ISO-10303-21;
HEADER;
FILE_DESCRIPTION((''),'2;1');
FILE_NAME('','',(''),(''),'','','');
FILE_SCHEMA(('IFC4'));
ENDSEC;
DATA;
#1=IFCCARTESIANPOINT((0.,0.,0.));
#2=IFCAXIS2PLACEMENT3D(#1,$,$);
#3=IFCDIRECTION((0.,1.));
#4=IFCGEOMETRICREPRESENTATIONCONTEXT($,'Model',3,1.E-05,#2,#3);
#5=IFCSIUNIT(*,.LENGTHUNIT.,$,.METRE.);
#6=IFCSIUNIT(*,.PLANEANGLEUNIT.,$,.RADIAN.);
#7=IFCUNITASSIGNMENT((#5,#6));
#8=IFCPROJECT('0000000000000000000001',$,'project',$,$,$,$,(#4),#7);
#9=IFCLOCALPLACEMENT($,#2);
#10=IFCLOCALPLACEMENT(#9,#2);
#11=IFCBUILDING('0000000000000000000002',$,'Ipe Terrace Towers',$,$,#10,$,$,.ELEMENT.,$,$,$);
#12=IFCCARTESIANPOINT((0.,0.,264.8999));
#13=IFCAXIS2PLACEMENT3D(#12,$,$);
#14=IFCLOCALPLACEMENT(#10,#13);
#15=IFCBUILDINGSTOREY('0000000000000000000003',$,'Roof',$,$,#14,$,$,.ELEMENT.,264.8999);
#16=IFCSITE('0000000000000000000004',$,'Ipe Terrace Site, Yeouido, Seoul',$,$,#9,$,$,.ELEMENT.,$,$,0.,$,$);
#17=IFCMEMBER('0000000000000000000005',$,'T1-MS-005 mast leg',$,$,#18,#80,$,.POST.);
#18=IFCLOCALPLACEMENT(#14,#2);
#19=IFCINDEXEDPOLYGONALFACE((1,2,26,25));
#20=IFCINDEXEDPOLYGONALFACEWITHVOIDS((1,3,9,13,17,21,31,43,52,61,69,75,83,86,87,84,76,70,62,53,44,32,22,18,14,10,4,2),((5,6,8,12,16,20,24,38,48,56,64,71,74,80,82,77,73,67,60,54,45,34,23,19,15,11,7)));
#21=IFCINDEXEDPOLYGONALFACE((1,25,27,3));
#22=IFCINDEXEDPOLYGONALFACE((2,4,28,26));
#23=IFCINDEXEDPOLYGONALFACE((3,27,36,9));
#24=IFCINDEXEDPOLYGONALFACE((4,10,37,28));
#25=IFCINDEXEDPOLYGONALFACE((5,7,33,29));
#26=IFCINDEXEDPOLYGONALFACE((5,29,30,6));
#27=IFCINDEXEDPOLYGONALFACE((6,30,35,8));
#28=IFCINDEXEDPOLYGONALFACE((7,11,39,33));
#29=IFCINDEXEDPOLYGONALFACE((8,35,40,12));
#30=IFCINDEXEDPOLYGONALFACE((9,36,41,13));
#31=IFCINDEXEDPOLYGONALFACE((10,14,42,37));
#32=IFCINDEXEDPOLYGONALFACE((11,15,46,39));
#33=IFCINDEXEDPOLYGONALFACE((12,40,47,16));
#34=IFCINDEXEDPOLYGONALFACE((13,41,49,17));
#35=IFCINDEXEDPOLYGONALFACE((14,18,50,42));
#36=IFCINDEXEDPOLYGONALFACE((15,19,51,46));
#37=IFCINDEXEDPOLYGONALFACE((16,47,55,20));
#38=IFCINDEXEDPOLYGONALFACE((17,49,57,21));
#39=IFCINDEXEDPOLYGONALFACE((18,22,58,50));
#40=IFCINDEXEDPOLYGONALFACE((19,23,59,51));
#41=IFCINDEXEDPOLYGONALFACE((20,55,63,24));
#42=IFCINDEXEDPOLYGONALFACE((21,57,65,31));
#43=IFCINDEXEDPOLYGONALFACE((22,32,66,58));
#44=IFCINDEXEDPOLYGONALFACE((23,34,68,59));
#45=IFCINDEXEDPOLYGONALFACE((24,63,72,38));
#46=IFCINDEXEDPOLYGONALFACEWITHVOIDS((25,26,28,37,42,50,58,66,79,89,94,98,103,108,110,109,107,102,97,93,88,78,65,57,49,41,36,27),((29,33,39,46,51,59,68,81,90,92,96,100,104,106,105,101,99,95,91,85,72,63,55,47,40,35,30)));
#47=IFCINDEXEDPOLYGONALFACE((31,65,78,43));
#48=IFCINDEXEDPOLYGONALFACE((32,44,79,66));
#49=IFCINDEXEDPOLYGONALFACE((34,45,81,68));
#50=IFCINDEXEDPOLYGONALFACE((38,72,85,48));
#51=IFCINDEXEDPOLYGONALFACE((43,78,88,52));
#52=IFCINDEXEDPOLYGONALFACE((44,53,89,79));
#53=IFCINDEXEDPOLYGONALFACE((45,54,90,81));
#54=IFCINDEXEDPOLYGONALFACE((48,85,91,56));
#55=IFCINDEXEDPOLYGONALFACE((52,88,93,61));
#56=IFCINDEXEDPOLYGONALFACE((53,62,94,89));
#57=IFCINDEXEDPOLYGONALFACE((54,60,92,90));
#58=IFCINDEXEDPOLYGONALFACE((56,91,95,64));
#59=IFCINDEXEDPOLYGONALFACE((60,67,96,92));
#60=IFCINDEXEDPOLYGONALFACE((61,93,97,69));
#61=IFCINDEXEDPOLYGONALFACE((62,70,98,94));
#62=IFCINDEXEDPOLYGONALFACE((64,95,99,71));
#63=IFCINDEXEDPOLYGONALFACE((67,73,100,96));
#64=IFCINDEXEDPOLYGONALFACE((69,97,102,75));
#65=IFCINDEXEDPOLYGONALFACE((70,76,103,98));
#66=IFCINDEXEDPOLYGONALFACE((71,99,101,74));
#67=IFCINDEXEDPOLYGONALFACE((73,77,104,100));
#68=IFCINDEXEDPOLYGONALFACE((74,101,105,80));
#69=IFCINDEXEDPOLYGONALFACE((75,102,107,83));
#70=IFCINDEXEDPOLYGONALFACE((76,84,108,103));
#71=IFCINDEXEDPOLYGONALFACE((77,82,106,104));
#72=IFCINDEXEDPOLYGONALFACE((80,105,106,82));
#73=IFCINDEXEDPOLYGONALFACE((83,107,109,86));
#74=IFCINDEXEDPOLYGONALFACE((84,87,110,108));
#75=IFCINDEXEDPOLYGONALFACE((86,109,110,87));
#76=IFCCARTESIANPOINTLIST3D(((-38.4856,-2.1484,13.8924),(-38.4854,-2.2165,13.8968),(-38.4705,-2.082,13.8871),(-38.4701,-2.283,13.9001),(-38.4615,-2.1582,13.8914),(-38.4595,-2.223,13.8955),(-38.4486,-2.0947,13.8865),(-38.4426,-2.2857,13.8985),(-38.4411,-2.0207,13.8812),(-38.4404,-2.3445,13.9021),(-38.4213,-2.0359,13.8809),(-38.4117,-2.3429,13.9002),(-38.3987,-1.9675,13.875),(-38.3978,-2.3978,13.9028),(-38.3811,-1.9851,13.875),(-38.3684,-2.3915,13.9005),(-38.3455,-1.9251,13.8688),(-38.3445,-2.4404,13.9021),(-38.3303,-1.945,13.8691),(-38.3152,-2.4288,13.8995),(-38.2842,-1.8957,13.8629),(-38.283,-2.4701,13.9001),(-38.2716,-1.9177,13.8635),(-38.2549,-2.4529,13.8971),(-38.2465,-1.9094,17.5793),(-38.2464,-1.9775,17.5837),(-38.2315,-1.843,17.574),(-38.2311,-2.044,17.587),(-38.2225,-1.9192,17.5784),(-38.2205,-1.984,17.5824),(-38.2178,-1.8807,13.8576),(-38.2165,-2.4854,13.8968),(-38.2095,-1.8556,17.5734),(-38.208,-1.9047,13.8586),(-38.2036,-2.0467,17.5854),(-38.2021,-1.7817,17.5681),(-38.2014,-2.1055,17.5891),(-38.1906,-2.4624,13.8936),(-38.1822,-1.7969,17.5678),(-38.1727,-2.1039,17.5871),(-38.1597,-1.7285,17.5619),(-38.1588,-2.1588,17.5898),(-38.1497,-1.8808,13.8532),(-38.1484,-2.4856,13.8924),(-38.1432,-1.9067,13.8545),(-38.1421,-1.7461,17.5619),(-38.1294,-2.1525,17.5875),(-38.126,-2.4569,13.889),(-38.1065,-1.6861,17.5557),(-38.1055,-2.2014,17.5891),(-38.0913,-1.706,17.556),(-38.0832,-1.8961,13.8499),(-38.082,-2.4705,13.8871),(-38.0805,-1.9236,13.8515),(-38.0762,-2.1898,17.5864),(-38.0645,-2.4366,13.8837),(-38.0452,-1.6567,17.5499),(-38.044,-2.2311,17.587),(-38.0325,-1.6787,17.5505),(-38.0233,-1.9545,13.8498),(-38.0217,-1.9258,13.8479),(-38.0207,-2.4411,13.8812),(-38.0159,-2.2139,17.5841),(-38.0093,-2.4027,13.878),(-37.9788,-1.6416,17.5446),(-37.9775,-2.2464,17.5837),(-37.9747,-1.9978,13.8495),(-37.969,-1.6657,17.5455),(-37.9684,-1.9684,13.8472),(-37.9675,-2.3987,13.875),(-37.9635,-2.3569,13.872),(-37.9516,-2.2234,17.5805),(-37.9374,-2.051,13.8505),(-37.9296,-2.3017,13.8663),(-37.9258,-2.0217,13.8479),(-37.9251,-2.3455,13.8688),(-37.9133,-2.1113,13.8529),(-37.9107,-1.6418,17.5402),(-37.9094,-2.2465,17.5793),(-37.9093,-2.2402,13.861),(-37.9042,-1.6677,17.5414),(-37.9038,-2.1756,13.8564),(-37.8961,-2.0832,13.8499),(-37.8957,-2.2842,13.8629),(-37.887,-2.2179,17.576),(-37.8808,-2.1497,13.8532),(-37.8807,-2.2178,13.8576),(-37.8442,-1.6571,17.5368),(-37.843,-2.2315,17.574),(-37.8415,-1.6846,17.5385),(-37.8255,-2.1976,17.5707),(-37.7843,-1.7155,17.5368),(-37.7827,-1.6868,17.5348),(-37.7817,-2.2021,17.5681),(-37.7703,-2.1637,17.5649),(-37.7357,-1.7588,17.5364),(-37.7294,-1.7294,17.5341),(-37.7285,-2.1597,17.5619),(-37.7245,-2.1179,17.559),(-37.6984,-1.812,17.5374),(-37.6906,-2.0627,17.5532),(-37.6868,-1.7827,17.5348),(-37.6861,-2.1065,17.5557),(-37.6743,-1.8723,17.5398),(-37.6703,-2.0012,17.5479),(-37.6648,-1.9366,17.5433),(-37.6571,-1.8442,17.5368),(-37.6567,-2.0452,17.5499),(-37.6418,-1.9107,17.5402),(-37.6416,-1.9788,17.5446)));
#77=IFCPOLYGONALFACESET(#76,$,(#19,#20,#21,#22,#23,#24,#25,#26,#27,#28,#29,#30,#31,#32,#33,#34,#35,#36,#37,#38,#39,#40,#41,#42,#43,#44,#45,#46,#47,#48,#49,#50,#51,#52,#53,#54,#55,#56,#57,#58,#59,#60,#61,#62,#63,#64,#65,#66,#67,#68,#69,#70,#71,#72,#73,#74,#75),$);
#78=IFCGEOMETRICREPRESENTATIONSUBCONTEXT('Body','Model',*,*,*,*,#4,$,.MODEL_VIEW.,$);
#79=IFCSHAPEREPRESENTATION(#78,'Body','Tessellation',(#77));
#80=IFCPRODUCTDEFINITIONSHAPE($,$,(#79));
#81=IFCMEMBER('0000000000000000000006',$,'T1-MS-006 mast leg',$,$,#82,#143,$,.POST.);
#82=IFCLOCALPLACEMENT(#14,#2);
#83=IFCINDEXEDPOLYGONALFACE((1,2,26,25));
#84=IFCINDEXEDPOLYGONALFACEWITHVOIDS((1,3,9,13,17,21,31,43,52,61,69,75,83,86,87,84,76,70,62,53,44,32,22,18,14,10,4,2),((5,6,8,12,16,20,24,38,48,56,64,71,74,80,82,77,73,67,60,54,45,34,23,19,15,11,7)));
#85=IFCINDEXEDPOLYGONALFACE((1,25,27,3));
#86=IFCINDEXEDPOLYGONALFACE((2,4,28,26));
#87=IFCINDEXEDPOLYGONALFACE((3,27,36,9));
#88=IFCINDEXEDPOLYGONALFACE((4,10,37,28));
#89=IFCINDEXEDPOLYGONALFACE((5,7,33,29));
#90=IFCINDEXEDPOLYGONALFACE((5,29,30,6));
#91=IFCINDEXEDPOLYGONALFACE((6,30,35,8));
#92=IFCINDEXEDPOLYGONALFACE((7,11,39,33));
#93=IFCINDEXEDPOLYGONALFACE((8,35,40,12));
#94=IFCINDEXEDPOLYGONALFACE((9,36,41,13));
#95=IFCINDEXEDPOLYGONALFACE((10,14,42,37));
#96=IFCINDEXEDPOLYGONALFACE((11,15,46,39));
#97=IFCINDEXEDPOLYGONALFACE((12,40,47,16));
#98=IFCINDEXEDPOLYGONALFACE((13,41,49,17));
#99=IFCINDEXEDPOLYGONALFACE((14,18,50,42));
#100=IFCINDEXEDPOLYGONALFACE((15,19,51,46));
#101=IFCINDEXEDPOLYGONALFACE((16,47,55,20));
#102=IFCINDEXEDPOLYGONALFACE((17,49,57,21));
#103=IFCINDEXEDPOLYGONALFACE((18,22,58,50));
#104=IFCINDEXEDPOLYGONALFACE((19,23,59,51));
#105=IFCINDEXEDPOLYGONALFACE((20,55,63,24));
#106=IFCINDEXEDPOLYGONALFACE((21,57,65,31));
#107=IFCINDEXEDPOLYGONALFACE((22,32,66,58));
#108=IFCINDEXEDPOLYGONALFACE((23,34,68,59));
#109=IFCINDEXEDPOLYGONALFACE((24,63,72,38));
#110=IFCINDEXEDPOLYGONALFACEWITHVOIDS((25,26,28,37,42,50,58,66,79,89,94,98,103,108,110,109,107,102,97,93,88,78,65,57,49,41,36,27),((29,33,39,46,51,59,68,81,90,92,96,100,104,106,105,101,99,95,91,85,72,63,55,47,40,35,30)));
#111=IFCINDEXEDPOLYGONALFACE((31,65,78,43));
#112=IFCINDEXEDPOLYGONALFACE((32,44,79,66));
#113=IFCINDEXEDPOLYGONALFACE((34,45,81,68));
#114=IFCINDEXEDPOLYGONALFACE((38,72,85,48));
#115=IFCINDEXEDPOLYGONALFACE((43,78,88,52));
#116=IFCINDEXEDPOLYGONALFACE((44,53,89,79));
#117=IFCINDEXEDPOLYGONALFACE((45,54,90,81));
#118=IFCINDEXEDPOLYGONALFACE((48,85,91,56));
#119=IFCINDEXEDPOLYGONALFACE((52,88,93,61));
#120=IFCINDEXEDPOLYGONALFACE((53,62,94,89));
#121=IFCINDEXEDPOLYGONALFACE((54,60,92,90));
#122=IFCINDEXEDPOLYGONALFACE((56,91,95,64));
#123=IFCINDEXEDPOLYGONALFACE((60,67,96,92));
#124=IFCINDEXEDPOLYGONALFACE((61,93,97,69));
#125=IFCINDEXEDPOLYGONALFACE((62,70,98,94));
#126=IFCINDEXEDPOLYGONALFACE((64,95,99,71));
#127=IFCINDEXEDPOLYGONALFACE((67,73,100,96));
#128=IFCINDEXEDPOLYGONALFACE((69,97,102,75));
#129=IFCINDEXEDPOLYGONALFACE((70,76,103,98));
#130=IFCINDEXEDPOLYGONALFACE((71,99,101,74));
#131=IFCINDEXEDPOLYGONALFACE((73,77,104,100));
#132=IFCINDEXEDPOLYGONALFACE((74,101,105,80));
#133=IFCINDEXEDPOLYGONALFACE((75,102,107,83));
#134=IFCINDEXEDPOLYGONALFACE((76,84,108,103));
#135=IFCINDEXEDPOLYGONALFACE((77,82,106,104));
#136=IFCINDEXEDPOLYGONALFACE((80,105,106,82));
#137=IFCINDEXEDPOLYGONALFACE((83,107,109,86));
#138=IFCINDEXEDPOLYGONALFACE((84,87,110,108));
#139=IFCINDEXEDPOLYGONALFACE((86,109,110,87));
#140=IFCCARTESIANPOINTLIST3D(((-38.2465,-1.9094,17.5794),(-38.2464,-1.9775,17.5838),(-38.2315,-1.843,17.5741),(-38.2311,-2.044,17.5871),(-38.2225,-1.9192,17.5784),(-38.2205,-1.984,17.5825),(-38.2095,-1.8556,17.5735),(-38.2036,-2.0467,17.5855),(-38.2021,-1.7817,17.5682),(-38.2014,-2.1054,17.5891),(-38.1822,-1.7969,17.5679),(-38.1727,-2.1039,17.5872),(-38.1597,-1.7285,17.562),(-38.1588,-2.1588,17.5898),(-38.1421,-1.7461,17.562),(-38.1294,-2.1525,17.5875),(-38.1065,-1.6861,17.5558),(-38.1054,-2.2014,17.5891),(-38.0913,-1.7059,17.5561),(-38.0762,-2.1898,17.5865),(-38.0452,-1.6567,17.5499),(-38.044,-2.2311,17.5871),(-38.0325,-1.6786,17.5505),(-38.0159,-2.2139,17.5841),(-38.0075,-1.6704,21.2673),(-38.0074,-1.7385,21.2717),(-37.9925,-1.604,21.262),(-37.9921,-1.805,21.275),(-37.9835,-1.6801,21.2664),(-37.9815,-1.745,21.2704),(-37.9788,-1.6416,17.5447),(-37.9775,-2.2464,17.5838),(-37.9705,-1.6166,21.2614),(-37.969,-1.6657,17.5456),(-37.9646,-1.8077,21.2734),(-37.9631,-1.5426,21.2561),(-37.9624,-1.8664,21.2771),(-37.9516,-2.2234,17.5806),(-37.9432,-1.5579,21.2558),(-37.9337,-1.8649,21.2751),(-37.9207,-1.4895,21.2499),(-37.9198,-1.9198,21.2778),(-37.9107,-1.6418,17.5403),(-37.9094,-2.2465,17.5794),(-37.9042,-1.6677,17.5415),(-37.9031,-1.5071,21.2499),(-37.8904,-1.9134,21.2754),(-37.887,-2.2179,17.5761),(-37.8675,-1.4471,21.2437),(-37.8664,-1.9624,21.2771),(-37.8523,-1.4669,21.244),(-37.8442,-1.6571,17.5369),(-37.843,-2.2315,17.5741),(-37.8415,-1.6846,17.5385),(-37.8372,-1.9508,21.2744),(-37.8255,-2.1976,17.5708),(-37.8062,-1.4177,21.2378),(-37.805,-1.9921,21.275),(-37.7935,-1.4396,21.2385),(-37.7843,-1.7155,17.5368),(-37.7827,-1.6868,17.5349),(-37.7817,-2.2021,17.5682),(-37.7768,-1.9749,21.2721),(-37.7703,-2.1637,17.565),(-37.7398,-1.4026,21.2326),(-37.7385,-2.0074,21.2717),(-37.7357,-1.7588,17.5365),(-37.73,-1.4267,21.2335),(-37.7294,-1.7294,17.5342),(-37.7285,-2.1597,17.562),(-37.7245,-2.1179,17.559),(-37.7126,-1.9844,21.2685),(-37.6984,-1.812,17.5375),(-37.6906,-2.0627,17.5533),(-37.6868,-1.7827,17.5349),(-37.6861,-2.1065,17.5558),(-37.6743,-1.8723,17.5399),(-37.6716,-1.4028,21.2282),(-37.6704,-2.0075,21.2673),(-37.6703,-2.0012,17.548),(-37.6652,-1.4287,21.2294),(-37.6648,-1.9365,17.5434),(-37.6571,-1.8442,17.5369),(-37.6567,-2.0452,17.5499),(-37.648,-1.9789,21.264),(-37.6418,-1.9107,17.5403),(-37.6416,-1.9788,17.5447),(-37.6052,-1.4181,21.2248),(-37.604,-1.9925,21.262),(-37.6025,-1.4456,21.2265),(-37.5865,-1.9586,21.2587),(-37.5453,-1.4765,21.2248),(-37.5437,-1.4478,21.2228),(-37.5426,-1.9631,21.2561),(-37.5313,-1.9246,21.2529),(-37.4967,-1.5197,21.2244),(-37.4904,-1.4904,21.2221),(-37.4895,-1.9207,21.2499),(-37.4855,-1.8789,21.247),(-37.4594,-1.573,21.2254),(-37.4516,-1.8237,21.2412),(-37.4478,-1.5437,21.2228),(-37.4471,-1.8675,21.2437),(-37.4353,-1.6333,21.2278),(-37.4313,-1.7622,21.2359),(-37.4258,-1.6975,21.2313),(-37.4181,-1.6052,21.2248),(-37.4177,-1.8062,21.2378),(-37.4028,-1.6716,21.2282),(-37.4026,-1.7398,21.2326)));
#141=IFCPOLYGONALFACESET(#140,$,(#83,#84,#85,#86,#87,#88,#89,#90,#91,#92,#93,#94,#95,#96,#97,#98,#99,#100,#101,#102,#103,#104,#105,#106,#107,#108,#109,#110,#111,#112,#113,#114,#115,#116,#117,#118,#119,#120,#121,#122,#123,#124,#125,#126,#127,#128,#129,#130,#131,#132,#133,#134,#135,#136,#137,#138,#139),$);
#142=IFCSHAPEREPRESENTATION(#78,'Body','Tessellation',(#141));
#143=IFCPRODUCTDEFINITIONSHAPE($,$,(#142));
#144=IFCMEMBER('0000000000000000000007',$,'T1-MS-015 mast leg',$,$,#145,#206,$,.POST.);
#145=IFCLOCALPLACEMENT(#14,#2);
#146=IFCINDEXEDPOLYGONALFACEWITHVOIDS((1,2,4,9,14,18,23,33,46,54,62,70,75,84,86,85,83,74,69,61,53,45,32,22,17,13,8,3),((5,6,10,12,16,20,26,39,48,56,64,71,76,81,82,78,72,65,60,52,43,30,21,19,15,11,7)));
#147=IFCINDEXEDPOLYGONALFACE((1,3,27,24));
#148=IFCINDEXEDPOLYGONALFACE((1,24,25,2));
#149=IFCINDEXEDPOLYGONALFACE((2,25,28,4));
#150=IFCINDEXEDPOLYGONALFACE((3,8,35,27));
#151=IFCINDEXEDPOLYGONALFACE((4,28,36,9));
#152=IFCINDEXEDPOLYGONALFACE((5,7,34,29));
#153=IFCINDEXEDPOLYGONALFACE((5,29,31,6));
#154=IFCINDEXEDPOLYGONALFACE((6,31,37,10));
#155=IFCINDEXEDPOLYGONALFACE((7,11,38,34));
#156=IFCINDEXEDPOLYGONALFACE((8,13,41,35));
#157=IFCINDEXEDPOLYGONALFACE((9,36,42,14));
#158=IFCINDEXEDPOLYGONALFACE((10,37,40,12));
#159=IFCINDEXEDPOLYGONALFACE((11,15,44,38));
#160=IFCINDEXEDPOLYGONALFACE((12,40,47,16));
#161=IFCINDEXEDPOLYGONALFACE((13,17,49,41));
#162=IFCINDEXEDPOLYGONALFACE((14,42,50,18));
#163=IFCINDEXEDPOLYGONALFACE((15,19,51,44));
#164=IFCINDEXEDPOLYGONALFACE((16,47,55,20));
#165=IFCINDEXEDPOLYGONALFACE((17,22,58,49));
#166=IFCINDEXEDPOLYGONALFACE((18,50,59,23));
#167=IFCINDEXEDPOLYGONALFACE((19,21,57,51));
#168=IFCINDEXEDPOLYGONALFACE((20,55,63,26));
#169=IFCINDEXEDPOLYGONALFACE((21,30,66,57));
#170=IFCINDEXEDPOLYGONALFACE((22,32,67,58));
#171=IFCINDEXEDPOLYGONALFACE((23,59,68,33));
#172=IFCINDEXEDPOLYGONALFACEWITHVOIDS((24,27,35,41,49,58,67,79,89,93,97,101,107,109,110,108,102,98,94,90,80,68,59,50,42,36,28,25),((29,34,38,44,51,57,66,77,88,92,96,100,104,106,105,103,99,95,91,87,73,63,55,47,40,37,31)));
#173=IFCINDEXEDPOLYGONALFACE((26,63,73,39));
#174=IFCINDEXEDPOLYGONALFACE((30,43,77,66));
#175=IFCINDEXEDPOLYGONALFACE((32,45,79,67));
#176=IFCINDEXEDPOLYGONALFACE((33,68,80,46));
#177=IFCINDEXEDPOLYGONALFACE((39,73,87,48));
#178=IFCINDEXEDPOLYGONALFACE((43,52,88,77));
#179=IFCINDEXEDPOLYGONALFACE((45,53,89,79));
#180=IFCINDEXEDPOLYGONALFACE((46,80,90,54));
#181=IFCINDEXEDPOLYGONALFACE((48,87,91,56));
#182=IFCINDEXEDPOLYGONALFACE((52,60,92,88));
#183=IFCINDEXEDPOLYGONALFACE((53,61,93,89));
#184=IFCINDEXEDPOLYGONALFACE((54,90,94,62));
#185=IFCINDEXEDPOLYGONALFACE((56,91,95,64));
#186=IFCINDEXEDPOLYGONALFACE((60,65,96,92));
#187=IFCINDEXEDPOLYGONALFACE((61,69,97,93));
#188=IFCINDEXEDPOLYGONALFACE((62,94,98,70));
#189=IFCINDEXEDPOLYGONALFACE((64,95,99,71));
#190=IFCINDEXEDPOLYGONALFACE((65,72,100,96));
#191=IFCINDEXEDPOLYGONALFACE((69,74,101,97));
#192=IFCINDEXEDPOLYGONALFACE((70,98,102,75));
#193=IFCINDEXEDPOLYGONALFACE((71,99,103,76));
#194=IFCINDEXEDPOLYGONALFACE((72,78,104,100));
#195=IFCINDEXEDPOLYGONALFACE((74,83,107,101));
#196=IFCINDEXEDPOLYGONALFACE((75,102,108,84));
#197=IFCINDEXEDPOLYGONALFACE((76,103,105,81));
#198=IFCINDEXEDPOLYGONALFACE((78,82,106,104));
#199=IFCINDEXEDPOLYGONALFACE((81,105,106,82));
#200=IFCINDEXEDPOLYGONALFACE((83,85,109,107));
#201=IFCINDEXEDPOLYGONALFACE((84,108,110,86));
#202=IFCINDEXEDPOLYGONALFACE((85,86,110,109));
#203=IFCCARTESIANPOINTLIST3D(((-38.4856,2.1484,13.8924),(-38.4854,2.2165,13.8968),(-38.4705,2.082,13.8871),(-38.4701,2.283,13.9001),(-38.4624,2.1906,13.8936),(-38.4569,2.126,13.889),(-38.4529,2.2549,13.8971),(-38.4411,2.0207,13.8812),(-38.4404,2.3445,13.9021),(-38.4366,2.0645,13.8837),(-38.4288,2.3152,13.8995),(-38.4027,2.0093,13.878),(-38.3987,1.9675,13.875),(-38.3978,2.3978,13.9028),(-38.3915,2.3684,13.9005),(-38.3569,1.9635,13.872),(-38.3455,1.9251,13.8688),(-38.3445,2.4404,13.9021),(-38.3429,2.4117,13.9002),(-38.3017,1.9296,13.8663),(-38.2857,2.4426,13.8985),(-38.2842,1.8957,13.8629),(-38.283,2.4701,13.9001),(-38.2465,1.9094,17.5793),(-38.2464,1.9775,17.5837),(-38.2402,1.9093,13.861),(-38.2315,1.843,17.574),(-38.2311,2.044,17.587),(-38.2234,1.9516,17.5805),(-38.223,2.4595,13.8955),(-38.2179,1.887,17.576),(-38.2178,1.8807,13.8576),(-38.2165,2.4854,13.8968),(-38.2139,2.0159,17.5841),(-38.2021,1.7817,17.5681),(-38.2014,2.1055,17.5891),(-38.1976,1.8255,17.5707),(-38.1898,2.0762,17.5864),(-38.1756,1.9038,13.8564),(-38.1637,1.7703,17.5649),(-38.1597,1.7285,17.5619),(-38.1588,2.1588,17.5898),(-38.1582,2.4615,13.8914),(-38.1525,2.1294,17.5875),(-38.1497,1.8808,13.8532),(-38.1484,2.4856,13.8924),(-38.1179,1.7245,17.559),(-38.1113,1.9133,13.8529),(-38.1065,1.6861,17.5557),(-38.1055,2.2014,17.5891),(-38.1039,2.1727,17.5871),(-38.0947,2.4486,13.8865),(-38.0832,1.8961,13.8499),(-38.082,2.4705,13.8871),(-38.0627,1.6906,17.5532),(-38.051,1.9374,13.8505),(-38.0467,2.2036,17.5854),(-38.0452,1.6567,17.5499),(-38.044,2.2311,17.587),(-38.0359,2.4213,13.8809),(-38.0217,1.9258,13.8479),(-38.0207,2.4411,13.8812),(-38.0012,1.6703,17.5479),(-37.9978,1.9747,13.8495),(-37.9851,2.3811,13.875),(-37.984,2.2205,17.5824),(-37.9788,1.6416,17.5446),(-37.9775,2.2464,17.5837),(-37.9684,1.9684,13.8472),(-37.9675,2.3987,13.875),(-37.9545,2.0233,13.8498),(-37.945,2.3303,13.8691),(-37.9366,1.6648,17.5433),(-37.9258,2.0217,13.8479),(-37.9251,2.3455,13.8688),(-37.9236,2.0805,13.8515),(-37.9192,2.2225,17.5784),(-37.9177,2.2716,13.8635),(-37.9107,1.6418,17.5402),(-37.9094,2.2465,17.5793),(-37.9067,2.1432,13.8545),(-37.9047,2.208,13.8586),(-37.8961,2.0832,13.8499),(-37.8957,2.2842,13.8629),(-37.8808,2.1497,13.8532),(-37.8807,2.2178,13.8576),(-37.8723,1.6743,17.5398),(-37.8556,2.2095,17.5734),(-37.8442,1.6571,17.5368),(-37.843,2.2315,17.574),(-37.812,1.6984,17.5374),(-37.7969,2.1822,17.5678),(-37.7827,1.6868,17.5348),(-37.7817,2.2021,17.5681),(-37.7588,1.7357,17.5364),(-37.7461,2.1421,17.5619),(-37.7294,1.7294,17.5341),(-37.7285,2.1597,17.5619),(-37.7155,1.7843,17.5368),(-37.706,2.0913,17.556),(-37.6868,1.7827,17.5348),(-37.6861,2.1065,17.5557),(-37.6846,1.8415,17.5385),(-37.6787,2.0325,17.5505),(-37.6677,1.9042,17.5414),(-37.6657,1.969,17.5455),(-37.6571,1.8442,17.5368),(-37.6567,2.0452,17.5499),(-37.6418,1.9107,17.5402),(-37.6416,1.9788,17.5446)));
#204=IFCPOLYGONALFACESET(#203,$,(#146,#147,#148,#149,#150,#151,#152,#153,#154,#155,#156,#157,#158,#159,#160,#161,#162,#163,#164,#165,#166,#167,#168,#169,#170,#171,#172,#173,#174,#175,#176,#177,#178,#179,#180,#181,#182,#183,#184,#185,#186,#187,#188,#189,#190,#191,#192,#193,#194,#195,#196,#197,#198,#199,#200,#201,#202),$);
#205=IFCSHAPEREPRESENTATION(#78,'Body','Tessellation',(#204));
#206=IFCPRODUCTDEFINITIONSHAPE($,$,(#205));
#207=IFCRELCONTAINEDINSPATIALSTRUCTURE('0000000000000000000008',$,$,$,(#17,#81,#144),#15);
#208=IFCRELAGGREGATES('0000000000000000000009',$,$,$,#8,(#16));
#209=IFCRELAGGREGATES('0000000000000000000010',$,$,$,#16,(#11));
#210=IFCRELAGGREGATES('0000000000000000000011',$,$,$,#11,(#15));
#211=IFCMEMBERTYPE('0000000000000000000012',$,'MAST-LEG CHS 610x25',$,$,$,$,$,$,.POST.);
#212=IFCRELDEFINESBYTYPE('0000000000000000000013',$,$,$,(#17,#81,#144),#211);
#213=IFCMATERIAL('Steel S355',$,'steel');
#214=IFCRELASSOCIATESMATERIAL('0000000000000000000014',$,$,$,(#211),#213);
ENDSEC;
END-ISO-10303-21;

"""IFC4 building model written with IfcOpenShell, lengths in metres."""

from ifc_helpers import new_model, si_unit, direction, frame, origin, origin_2d, place, context, subcontext, project, spatial, hollow_circle, extrude, material, material_profile, profile_set, type_object, element, save


model = new_model("IFC4")

# Units and contexts
model_context = context("Model", 3, precision=1e-05, world=origin(), true_north=direction((0.0, 1.0)))
body_context = subcontext(model_context, "Body", "Model", "MODEL_VIEW")
ifc_project = project(units=[si_unit("LENGTHUNIT", "METRE"), si_unit("PLANEANGLEUNIT", "RADIAN")], contexts=[model_context])

# Site, building, storey
site_placement = place(None, origin())
site = spatial("IfcSite", under=ifc_project, at=site_placement, Name="Ipe Terrace Site, Yeouido, Seoul", CompositionType="ELEMENT", RefElevation=0.0)
building_placement = place(site_placement, origin())
building = spatial("IfcBuilding", under=site, at=building_placement, Name="Ipe Terrace Towers", CompositionType="ELEMENT")
storey_placement = place(building_placement, frame((0.0, 0.0, 264.8999)))
storey = spatial("IfcBuildingStorey", under=building, at=storey_placement, Name="Roof", CompositionType="ELEMENT", Elevation=264.8999)

# Members
ifc_material_1 = material(Name="Steel S355", Category="steel")
ifc_material_profile_1 = material_profile(ifc_material_1, hollow_circle(Radius=0.3049, WallThickness=0.0249, at=origin_2d()), Name="MAST-LEG CHS 610x25")
ifc_profile_set_1 = profile_set([ifc_material_profile_1], Name="Steel S355")
member_type_1 = type_object("IfcMemberType", Name="MAST-LEG CHS 610x25", PredefinedType="POST", material=ifc_profile_set_1)
member_1_placement = place(storey_placement, frame((-38.1831, -2.1831, 13.875), z_axis=(0.064555, 0.064555, 0.995824), x_axis=(-0.707107, 0.707107, 0.0)))
element("IfcMember", 1, at=member_1_placement, inside=storey, type_object=member_type_1, Name="T1-MS-005 mast leg", PredefinedType="POST", context=body_context, shape_type="SweptSolid", body=[
    extrude(hollow_circle(Radius=0.3049, WallThickness=0.0249, at=origin_2d()), origin(), (0.0, 0.0, 1.0), 3.7024),
])
member_2_placement = place(storey_placement, frame((-37.9441, -1.9441, 17.562), z_axis=(0.064538, 0.064538, 0.995826), x_axis=(-0.707107, 0.707107, 0.0)))
element("IfcMember", 2, at=member_2_placement, inside=storey, type_object=member_type_1, Name="T1-MS-006 mast leg", PredefinedType="POST", context=body_context, shape_type="SweptSolid", body=[
    extrude(hollow_circle(Radius=0.3049, WallThickness=0.0249, at=origin_2d()), origin(), (0.0, 0.0, 1.0), 3.7034),
])
member_3_placement = place(storey_placement, frame((-38.1831, 2.1831, 13.875), z_axis=(0.064555, -0.064555, 0.995824), x_axis=(0.707107, 0.707107, 0.0)))
element("IfcMember", 3, at=member_3_placement, inside=storey, type_object=member_type_1, Name="T1-MS-015 mast leg", PredefinedType="POST", context=body_context, shape_type="SweptSolid", body=[
    extrude(hollow_circle(Radius=0.3049, WallThickness=0.0249, at=origin_2d()), origin(), (0.0, 0.0, 1.0), 3.7024),
])

save(model, "model.ifc")
